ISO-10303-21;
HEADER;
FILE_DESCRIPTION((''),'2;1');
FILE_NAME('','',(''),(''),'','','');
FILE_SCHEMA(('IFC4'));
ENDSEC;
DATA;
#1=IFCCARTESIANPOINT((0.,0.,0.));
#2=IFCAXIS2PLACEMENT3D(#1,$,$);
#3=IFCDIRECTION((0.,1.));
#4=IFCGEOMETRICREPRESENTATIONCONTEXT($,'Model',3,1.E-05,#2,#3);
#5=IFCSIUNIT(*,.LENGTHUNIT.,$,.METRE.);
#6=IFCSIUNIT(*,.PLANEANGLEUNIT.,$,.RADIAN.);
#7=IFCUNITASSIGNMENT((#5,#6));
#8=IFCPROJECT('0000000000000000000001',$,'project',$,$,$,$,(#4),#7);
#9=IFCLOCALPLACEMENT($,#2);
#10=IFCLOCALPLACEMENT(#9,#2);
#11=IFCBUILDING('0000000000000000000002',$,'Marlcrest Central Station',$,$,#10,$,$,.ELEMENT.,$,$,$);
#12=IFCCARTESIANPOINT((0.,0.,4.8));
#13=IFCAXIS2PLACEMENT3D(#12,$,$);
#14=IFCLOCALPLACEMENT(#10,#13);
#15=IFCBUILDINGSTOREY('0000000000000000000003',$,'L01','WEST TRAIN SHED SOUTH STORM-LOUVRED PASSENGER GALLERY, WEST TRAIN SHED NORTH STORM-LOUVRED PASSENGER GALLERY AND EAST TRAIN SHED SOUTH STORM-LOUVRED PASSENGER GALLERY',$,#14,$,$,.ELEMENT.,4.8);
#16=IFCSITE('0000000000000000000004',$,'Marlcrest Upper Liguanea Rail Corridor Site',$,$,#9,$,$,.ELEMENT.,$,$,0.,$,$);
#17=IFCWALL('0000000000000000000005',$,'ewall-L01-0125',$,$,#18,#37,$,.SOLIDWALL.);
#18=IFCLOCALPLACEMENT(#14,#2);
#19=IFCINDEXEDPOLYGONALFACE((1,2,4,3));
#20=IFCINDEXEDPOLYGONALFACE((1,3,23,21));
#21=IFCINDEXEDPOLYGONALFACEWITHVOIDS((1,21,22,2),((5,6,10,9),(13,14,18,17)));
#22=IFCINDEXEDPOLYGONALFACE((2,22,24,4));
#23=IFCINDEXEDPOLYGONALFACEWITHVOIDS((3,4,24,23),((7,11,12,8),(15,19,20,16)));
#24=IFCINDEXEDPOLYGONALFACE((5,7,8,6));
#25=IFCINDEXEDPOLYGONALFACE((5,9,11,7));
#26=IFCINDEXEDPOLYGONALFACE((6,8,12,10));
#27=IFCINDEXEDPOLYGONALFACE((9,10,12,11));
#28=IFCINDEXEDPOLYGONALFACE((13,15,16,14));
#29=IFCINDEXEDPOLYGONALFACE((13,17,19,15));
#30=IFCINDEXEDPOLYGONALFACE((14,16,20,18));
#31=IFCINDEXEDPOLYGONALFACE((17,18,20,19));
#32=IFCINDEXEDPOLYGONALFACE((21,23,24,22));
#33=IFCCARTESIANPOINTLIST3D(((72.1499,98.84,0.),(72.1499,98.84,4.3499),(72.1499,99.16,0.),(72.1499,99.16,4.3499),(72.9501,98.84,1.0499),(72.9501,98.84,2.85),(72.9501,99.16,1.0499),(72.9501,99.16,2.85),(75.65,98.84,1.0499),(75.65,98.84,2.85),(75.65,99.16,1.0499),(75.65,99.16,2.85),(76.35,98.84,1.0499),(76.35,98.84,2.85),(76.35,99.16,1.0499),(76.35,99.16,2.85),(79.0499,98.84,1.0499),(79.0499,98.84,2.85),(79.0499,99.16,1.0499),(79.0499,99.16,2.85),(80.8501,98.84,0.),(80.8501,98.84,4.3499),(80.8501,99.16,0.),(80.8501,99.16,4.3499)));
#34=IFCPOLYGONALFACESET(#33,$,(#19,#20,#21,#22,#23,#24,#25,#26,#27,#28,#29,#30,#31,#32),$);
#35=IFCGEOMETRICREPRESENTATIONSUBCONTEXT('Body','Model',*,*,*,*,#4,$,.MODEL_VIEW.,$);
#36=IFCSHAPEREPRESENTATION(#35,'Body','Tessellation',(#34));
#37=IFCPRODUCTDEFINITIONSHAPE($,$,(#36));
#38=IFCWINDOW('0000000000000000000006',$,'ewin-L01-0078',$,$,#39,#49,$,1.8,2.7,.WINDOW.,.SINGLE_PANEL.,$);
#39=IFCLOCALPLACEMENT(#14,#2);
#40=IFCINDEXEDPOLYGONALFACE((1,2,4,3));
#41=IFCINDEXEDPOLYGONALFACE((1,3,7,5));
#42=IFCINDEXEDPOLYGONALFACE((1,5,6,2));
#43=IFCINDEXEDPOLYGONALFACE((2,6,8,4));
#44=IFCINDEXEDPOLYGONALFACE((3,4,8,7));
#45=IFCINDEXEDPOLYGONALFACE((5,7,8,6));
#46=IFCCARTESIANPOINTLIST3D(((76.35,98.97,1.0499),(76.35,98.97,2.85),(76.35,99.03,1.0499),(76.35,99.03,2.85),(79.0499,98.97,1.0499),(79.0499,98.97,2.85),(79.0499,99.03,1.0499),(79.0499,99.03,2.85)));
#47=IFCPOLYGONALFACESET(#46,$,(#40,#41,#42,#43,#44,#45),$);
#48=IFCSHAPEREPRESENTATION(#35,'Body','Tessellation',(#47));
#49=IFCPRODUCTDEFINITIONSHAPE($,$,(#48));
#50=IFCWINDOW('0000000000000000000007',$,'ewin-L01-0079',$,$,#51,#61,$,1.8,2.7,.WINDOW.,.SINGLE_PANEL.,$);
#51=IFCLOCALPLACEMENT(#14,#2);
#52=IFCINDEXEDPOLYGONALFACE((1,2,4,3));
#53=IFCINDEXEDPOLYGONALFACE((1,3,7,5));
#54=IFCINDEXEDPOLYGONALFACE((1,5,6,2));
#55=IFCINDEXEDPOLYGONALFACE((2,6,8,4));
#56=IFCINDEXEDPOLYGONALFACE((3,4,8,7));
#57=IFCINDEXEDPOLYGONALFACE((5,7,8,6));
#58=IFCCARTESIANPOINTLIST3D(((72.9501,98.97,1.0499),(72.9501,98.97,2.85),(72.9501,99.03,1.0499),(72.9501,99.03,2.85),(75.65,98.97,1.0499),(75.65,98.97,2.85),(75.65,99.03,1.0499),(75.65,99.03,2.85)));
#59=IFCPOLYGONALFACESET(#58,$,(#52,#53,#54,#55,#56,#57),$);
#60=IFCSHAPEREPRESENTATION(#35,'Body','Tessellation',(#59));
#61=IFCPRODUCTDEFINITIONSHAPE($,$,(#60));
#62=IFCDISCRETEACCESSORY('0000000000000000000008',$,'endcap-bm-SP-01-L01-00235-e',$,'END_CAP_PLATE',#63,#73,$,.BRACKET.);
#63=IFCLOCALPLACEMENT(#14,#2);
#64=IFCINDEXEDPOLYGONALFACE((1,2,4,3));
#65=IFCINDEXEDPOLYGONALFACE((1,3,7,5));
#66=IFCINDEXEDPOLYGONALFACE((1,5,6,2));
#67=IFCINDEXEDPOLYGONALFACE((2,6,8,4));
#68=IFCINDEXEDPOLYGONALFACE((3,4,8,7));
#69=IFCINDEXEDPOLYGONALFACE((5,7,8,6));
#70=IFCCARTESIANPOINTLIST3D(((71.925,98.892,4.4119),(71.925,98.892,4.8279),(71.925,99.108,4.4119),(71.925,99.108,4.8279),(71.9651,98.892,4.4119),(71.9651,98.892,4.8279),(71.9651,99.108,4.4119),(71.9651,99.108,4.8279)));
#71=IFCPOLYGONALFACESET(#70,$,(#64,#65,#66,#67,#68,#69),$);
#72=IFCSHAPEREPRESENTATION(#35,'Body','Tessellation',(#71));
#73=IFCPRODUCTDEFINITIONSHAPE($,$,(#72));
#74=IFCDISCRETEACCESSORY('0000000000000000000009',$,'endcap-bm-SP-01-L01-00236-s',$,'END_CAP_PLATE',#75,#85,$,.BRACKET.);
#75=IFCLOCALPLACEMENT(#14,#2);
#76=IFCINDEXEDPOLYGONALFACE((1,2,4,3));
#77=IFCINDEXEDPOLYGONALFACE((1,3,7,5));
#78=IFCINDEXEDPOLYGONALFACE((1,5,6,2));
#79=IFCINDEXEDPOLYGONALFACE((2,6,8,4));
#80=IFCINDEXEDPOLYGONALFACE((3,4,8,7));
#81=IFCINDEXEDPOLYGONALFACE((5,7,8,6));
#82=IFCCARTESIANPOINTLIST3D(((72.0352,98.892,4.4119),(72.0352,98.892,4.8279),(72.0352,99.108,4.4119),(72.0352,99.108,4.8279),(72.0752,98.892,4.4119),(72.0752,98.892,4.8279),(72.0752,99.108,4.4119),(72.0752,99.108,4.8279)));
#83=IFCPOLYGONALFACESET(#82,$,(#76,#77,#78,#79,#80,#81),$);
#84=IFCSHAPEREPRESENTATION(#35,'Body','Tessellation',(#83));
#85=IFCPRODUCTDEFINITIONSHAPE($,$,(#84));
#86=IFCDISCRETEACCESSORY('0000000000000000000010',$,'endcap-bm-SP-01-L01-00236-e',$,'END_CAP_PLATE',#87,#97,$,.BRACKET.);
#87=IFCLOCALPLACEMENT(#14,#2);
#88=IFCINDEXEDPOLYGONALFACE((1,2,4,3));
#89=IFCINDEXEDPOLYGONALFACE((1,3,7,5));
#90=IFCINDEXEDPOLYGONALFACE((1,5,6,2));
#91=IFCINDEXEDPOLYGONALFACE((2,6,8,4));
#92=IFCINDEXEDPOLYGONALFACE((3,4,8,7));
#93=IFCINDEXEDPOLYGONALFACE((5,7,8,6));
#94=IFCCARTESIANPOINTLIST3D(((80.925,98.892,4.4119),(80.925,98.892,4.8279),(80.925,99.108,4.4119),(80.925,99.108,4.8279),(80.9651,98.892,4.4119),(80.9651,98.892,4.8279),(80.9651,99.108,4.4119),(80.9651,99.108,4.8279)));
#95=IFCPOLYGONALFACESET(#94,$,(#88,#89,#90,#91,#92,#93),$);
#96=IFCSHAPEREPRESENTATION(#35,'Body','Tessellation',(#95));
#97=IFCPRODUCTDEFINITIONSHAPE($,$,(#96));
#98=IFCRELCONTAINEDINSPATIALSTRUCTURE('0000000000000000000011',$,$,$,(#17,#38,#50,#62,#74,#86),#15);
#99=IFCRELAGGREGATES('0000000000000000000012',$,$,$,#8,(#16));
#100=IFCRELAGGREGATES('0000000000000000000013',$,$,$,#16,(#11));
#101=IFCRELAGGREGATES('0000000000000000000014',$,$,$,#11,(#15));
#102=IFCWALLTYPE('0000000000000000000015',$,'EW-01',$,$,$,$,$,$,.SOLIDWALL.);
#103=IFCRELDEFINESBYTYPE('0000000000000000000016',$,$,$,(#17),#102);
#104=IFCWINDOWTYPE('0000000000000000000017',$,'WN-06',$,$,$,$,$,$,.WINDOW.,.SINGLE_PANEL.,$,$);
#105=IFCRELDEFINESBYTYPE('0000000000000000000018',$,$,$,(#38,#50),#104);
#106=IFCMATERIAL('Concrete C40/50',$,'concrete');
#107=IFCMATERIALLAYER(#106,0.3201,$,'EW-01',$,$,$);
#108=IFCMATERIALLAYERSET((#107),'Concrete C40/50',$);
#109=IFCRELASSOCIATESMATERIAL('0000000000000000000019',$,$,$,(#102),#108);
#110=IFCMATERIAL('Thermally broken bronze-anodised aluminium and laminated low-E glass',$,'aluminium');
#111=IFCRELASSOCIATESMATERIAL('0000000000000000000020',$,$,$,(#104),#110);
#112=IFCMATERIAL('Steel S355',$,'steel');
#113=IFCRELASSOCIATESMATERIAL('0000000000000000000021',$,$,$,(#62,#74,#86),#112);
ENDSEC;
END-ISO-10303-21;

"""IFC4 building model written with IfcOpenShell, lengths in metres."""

from ifc_helpers import new_model, si_unit, direction, frame, frame_2d, origin, origin_2d, place, context, subcontext, project, spatial, rectangle, extrude, material, layer, layer_set, type_object, element, fill, save


model = new_model("IFC4")

# Units and contexts
model_context = context("Model", 3, precision=1e-05, world=origin(), true_north=direction((0.0, 1.0)))
body_context = subcontext(model_context, "Body", "Model", "MODEL_VIEW")
ifc_project = project(units=[si_unit("LENGTHUNIT", "METRE"), si_unit("PLANEANGLEUNIT", "RADIAN")], contexts=[model_context])

# Site, building, storey
site_placement = place(None, origin())
site = spatial("IfcSite", under=ifc_project, at=site_placement, Name="Marlcrest Upper Liguanea Rail Corridor Site", CompositionType="ELEMENT", RefElevation=0.0)
building_placement = place(site_placement, origin())
building = spatial("IfcBuilding", under=site, at=building_placement, Name="Marlcrest Central Station", CompositionType="ELEMENT")
storey_placement = place(building_placement, frame((0.0, 0.0, 4.8)))
storey = spatial("IfcBuildingStorey", under=building, at=storey_placement, Name="L01", Description="WEST TRAIN SHED SOUTH STORM-LOUVRED PASSENGER GALLERY, WEST TRAIN SHED NORTH STORM-LOUVRED PASSENGER GALLERY AND EAST TRAIN SHED SOUTH STORM-LOUVRED PASSENGER GALLERY", CompositionType="ELEMENT", Elevation=4.8)

# Shared definitions
ifc_material_1 = material(Name="Steel S355", Category="steel")

# Wall, openings, windows
ifc_material_2 = material(Name="Concrete C40/50", Category="concrete")
ifc_layer = layer(ifc_material_2, 0.3201, Name="EW-01")
ifc_layer_set = layer_set([ifc_layer], Name="Concrete C40/50")
wall_type = type_object("IfcWallType", Name="EW-01", PredefinedType="SOLIDWALL", material=ifc_layer_set)
ifc_material_3 = material(Name="Thermally broken bronze-anodised aluminium and laminated low-E glass", Category="aluminium")
window_type = type_object("IfcWindowType", Name="WN-06", PartitioningType="SINGLE_PANEL", PredefinedType="WINDOW", material=ifc_material_3)
wall_1_placement = place(storey_placement, frame((80.8501, 99.0, 0.0), z_axis=(0.0, 0.0, 1.0), x_axis=(-1.0, 0.0, 0.0)))
wall_1 = element("IfcWall", 1, at=wall_1_placement, inside=storey, type_object=wall_type, Name="ewall-L01-0125", PredefinedType="SOLIDWALL", context=body_context, shape_type="SweptSolid", body=[
    extrude(rectangle(XDim=8.7002, YDim=0.3201, at=frame_2d((4.3501, 0.0))), origin(), (0.0, 0.0, 1.0), 4.3499),
])
opening_1_placement = place(wall_1_placement, frame((1.8, 0.0, 1.05)))
opening_1 = element("IfcOpeningElement", 2, at=opening_1_placement, cuts=wall_1, PredefinedType="OPENING", context=body_context, shape_type="SweptSolid", body=[
    extrude(rectangle(XDim=2.7, YDim=1.8, at=frame_2d((1.3501, 0.8999))), frame((0.0, 0.1699, 0.0), z_axis=(0.0, -1.0, 0.0), x_axis=(1.0, 0.0, 0.0)), (0.0, 0.0, 1.0), 0.3401),
])
opening_2_placement = place(wall_1_placement, frame((5.2, 0.0, 1.05)))
opening_2 = element("IfcOpeningElement", 3, at=opening_2_placement, cuts=wall_1, PredefinedType="OPENING", context=body_context, shape_type="SweptSolid", body=[
    extrude(rectangle(XDim=2.7, YDim=1.8, at=frame_2d((1.3501, 0.8999))), frame((0.0, 0.1699, 0.0), z_axis=(0.0, -1.0, 0.0), x_axis=(1.0, 0.0, 0.0)), (0.0, 0.0, 1.0), 0.3401),
])
window_1_placement = place(opening_1_placement, origin())
window_1 = element("IfcWindow", 4, at=window_1_placement, inside=storey, type_object=window_type, Name="ewin-L01-0078", OverallHeight=1.8, OverallWidth=2.7, PartitioningType="SINGLE_PANEL", PredefinedType="WINDOW", context=body_context, shape_type="SweptSolid", body=[
    extrude(rectangle(XDim=2.7, YDim=1.8, at=frame_2d((1.3501, 0.8999))), frame((0.0, 0.03, 0.0), z_axis=(0.0, -1.0, 0.0), x_axis=(1.0, 0.0, 0.0)), (0.0, 0.0, 1.0), 0.0601),
])
fill(opening_1, window_1)
window_2_placement = place(opening_2_placement, origin())
window_2 = element("IfcWindow", 5, at=window_2_placement, inside=storey, type_object=window_type, Name="ewin-L01-0079", OverallHeight=1.8, OverallWidth=2.7, PartitioningType="SINGLE_PANEL", PredefinedType="WINDOW", context=body_context, shape_type="SweptSolid", body=[
    extrude(rectangle(XDim=2.7, YDim=1.8, at=frame_2d((1.3501, 0.8999))), frame((0.0, 0.03, 0.0), z_axis=(0.0, -1.0, 0.0), x_axis=(1.0, 0.0, 0.0)), (0.0, 0.0, 1.0), 0.0601),
])
fill(opening_2, window_2)

# Discrete accessories
for number, where, z_axis, x_axis, name in (
    (6, (71.925, 99.0, 4.6199), (1.0, 0.0, 0.0), (0.0, 1.0, 0.0), "endcap-bm-SP-01-L01-00235-e"),
    (7, (72.0352, 99.0, 4.6199), (1.0, 0.0, 0.0), (0.0, 1.0, 0.0), "endcap-bm-SP-01-L01-00236-s"),
    (8, (80.925, 99.0, 4.6199), (1.0, 0.0, 0.0), (0.0, 1.0, 0.0), "endcap-bm-SP-01-L01-00236-e"),
):
    element("IfcDiscreteAccessory", number, at=place(storey_placement, frame(where, z_axis=z_axis, x_axis=x_axis)), inside=storey, material=ifc_material_1, Name=name, ObjectType="END_CAP_PLATE", PredefinedType="BRACKET", context=body_context, shape_type="SweptSolid", body=[
        extrude(rectangle(XDim=0.2161, YDim=0.416, at=origin_2d()), origin(), (0.0, 0.0, 1.0), 0.04),
    ])

save(model, "model.ifc")
